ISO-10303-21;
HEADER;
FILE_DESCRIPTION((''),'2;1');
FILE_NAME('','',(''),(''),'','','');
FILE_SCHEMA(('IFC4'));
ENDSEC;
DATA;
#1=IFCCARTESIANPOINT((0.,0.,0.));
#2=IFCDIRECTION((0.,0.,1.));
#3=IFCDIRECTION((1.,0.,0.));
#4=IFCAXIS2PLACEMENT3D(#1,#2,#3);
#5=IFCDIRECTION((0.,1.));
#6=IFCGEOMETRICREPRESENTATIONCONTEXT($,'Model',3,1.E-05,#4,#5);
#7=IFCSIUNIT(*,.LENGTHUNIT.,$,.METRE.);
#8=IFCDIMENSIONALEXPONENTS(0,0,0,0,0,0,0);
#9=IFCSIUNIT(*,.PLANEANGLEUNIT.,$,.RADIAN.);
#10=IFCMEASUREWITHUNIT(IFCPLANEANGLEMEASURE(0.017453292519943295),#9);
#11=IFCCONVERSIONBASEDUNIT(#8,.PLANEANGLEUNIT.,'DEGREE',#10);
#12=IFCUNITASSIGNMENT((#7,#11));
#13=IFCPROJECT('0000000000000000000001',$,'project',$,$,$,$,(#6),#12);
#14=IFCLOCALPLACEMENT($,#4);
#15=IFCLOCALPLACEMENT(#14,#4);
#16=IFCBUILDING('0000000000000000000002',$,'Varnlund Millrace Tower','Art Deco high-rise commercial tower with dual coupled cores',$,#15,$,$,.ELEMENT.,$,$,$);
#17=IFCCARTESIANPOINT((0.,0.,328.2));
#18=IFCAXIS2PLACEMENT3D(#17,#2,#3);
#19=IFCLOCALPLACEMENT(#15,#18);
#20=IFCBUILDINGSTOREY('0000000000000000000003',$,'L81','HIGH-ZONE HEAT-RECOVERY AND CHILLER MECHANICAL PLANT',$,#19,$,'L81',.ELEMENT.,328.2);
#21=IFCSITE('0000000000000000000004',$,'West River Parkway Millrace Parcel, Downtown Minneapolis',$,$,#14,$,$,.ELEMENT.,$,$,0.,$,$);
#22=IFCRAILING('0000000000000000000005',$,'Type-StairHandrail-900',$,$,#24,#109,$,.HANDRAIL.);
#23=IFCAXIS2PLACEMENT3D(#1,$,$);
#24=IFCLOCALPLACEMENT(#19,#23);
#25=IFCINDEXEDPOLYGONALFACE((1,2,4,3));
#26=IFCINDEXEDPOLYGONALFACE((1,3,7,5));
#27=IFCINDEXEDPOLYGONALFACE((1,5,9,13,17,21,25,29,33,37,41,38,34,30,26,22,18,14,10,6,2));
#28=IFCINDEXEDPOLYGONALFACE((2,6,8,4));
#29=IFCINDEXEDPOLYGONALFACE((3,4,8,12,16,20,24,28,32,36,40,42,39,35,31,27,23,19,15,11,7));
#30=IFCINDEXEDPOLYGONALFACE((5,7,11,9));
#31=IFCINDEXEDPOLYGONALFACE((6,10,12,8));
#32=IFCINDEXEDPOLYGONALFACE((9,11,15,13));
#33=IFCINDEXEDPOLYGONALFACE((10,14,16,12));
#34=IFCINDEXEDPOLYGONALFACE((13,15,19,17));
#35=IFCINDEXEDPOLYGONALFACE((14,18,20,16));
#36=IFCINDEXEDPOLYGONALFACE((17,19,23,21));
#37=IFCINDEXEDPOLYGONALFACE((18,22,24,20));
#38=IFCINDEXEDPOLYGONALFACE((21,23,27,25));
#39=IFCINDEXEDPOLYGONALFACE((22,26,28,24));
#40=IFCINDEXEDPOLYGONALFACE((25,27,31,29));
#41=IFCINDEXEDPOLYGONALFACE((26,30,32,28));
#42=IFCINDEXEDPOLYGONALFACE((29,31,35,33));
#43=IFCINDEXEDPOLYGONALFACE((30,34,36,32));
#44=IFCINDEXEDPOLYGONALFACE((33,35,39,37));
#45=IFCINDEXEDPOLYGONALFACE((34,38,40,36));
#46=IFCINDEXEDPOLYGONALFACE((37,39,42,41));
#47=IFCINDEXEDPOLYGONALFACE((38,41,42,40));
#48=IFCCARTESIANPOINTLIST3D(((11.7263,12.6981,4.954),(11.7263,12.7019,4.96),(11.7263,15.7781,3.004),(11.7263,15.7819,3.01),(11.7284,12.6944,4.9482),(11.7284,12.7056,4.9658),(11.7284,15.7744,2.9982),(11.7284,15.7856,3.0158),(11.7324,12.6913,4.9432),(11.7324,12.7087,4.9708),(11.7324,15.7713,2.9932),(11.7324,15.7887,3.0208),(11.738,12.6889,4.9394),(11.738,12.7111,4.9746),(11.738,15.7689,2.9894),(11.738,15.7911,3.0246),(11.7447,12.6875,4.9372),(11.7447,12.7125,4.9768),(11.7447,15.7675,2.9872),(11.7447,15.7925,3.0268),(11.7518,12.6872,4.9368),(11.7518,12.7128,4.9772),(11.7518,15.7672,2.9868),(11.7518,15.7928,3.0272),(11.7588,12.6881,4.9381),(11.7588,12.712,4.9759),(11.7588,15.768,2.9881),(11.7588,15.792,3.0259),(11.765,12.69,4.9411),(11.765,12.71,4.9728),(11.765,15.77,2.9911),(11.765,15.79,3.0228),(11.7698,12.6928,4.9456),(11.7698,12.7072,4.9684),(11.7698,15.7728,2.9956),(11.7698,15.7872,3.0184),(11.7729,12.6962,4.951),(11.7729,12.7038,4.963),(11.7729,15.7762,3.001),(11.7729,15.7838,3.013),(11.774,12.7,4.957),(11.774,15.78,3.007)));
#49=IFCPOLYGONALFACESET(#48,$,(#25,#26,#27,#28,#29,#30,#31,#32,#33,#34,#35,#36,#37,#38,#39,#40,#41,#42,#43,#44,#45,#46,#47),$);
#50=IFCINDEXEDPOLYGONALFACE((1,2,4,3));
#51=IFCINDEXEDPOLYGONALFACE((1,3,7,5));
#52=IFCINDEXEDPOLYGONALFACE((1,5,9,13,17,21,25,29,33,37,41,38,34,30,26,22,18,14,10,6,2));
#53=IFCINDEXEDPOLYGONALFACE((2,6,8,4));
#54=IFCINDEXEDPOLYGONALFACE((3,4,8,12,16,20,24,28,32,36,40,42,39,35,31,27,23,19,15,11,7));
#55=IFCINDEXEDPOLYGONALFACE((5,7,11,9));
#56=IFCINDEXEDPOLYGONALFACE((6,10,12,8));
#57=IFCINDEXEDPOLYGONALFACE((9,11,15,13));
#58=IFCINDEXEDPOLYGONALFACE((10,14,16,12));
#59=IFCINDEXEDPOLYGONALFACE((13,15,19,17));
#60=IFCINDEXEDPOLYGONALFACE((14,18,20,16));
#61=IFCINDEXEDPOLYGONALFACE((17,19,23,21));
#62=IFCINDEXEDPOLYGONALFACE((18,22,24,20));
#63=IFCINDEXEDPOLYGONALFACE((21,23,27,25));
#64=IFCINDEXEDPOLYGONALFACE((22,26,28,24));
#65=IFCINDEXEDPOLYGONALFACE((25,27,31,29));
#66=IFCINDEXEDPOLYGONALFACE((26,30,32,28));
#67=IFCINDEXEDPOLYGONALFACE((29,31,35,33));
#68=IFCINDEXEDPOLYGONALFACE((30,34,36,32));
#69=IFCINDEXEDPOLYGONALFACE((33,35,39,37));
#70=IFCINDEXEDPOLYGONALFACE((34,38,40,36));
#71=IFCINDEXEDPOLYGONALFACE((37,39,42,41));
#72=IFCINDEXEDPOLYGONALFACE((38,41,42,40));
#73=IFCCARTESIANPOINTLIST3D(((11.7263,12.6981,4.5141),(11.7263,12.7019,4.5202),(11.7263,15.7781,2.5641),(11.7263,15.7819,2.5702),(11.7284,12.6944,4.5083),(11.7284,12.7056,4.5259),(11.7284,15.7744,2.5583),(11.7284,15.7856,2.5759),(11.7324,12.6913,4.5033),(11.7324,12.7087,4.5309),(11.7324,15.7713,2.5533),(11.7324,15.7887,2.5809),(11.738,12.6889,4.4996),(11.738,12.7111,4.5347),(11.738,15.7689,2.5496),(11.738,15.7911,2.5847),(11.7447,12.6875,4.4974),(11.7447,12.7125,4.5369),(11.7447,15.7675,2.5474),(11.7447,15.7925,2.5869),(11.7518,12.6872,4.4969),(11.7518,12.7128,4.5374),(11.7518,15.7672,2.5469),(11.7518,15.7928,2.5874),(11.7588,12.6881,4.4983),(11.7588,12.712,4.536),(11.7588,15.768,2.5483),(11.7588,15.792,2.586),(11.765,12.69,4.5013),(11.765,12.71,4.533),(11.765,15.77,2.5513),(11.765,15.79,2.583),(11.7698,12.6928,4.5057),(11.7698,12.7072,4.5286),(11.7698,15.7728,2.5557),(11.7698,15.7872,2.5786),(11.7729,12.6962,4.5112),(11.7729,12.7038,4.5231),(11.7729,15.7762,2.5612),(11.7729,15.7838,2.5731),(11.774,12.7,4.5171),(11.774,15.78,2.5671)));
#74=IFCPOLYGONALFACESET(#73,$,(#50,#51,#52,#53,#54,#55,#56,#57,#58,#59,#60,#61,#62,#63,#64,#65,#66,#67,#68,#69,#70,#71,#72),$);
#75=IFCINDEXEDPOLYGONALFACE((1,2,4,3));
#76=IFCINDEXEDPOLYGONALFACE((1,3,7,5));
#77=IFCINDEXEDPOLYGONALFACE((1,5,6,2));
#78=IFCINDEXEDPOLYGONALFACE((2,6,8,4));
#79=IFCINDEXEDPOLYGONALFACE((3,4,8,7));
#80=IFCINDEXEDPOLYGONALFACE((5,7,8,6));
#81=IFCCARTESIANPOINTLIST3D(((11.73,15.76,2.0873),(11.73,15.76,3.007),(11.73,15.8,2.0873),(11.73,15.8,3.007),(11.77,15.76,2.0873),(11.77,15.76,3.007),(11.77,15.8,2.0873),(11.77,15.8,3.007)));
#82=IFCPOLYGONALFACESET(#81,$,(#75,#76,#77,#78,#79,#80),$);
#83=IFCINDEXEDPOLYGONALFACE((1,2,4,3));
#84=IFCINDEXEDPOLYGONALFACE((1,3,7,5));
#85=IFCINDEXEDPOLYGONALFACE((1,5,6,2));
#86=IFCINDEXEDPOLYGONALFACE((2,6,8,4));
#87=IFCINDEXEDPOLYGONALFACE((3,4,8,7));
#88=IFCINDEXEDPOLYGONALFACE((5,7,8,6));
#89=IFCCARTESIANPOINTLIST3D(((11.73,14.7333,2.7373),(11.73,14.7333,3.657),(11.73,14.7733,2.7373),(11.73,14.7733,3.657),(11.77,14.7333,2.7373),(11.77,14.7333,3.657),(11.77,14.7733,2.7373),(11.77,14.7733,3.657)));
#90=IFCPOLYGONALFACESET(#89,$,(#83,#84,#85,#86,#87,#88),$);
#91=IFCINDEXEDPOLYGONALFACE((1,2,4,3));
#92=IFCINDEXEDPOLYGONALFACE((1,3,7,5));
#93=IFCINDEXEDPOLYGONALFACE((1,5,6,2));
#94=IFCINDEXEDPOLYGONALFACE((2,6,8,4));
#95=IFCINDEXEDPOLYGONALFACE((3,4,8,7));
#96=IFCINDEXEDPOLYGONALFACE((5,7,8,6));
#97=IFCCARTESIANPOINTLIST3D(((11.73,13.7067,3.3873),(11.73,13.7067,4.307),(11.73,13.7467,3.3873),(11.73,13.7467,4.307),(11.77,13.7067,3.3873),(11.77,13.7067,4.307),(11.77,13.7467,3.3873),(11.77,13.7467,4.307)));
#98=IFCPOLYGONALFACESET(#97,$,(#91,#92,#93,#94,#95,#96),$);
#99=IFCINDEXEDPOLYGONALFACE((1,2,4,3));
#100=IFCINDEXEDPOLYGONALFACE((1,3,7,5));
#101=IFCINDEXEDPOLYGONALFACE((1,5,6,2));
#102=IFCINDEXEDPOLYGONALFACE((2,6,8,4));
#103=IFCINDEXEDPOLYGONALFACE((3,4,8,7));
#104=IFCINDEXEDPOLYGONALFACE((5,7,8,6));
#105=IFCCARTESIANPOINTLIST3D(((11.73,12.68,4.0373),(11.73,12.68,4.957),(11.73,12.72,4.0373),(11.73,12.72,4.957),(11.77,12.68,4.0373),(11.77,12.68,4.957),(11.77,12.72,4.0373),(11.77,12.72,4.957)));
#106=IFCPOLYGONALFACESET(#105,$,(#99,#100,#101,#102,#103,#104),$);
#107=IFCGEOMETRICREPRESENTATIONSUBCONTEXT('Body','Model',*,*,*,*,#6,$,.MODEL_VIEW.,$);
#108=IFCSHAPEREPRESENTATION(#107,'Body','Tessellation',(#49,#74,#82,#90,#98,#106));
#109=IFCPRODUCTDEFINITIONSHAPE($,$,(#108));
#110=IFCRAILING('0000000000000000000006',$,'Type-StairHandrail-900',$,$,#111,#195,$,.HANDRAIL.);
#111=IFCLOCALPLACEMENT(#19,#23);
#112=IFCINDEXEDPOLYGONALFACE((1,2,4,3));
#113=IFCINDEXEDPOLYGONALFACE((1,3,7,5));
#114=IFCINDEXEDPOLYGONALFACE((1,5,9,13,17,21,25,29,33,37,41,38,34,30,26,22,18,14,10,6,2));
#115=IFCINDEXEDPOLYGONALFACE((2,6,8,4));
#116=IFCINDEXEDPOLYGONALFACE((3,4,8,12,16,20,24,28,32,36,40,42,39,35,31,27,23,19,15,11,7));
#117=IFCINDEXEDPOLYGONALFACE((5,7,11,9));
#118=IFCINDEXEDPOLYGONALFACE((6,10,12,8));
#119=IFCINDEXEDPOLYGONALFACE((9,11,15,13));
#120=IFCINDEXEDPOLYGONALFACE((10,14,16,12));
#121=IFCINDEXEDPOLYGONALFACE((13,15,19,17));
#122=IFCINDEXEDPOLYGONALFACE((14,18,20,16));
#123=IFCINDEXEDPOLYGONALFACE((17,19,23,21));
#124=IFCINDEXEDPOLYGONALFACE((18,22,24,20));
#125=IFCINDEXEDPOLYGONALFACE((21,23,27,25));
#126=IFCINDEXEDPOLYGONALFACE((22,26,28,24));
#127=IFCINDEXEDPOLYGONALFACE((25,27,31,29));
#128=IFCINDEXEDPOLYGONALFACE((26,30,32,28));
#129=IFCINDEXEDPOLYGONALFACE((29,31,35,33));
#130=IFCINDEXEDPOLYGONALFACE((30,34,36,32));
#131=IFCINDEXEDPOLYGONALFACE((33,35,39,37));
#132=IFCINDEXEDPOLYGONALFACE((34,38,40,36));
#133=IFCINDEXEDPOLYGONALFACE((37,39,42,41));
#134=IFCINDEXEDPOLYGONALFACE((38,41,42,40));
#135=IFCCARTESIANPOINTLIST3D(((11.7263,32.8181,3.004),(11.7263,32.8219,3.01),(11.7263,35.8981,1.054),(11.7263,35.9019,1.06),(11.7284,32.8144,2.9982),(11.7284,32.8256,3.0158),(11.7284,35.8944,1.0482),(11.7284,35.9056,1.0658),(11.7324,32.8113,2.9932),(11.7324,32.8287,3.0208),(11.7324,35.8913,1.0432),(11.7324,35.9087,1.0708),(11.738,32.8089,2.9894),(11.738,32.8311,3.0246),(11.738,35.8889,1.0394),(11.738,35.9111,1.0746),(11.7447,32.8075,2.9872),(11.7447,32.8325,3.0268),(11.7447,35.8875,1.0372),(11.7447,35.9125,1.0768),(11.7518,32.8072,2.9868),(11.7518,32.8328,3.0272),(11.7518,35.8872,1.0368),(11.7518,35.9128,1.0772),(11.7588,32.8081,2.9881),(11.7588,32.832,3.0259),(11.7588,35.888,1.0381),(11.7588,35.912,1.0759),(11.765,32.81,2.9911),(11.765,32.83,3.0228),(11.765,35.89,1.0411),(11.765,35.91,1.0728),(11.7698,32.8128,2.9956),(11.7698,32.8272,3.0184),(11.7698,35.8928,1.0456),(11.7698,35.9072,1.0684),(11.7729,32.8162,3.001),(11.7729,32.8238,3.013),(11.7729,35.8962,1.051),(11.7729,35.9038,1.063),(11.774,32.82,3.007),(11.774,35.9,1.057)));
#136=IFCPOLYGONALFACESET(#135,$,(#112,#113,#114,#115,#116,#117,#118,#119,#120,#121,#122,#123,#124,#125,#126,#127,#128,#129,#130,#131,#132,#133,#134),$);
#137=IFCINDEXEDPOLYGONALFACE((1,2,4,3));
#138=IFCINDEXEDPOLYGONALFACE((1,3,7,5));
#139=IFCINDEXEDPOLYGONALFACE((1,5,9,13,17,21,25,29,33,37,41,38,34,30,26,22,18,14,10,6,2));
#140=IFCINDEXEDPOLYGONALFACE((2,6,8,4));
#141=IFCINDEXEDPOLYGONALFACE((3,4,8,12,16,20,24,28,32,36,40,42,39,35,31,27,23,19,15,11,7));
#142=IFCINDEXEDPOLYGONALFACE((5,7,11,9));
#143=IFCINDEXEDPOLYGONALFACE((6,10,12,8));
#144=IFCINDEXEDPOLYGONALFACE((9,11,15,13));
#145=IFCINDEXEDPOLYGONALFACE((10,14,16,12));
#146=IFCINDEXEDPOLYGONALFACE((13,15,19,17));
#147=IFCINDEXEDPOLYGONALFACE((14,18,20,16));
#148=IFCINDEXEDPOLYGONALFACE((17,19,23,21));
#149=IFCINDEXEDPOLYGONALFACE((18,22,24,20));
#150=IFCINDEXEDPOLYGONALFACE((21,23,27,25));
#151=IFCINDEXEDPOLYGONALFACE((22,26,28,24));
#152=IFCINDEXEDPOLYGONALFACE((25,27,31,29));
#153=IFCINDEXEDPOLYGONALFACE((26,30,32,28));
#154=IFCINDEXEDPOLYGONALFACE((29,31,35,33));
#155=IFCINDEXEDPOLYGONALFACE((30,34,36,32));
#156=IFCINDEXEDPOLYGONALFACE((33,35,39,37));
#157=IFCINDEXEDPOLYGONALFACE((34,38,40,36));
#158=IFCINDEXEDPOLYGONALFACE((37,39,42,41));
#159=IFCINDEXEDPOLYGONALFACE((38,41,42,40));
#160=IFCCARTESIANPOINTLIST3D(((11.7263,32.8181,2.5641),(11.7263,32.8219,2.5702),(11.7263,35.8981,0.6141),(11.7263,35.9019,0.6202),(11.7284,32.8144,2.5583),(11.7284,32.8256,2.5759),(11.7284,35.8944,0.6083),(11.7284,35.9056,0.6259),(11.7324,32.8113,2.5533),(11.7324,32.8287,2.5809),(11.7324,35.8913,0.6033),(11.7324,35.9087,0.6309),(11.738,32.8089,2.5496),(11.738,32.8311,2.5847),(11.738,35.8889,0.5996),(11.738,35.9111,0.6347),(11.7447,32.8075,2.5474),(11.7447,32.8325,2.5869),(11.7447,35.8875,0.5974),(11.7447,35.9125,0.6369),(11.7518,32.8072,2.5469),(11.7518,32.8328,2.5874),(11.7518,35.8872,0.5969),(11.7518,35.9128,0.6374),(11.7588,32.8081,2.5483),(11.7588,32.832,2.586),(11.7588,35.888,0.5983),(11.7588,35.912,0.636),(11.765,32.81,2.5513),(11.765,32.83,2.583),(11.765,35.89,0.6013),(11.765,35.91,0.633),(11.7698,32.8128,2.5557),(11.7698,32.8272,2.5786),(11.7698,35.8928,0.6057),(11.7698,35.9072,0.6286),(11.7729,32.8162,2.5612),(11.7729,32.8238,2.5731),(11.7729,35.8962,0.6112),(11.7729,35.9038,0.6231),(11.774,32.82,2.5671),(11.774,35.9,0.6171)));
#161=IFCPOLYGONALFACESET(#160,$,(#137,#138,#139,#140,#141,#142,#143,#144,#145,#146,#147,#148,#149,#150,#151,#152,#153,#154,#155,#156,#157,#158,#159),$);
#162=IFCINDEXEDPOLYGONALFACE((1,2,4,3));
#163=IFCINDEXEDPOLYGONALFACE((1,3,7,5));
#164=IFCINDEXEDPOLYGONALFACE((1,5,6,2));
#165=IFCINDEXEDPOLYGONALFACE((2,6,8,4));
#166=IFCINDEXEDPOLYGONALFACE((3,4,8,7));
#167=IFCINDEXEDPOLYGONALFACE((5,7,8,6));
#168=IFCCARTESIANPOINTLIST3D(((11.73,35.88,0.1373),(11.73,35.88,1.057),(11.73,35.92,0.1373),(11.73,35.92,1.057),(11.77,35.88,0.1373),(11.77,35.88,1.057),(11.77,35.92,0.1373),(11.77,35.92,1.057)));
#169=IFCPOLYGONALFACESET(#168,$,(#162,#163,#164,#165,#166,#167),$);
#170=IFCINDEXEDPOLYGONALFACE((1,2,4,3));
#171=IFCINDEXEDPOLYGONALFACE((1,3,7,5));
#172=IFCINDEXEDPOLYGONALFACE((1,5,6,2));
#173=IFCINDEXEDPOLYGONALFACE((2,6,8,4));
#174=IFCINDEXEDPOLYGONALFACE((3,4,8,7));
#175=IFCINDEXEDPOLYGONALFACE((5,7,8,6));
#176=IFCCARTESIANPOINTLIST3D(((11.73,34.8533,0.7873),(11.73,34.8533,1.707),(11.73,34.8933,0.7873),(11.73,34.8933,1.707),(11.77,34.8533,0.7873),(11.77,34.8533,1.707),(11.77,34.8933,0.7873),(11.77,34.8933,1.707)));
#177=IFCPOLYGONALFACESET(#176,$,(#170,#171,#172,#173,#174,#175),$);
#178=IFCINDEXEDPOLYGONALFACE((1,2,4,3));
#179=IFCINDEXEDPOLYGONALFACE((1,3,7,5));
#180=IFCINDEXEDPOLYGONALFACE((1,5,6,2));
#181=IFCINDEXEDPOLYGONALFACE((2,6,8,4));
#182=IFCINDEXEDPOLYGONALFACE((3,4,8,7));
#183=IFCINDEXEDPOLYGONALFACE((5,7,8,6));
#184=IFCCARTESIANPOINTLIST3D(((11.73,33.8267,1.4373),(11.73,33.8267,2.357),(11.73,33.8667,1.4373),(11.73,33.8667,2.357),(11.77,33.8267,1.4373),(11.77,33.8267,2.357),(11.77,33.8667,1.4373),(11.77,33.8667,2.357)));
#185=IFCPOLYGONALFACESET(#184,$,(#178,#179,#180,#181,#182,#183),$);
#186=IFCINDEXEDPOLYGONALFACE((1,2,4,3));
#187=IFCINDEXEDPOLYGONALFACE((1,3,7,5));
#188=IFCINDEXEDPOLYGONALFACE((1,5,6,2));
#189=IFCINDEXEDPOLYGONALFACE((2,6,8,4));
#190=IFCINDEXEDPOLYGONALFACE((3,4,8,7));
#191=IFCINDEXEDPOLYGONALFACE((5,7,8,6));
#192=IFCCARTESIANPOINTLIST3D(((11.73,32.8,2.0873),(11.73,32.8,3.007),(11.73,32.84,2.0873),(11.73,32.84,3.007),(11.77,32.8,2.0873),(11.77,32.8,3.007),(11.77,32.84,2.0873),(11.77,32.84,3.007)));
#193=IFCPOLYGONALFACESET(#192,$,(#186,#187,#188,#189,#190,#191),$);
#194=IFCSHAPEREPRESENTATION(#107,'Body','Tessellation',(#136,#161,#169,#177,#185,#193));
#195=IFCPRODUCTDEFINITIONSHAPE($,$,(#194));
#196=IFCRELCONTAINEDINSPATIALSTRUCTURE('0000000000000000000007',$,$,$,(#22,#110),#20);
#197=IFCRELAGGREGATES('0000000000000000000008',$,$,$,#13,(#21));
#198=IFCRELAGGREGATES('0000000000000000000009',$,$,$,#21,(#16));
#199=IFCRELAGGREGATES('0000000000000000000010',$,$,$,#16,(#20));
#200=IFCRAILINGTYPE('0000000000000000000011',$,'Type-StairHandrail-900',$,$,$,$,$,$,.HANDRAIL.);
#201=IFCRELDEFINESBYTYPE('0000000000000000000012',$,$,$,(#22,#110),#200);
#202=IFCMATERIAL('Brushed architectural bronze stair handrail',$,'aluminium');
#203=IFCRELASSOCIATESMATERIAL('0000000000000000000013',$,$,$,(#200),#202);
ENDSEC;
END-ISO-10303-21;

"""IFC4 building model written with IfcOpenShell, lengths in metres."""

from ifc_helpers import new_model, entity, si_unit, converted_unit, direction, frame, origin_with_axes, origin_2d_with_axis, place, context, subcontext, project, spatial, rectangle, circle, extrude, material, type_object, element, save


model = new_model("IFC4")

# Units and contexts
model_context = context("Model", 3, precision=1e-05, world=origin_with_axes(), true_north=direction((0.0, 1.0)))
body_context = subcontext(model_context, "Body", "Model", "MODEL_VIEW")
ifc_project = project(units=[si_unit("LENGTHUNIT", "METRE"), converted_unit("PLANEANGLEUNIT", "DEGREE", entity("IfcPlaneAngleMeasure", 0.017453292519943295), si_unit("PLANEANGLEUNIT", "RADIAN"), dimensions=[0, 0, 0, 0, 0, 0, 0])], contexts=[model_context])

# Site, building, storey
site_placement = place(None, origin_with_axes())
site = spatial("IfcSite", under=ifc_project, at=site_placement, Name="West River Parkway Millrace Parcel, Downtown Minneapolis", CompositionType="ELEMENT", RefElevation=0.0)
building_placement = place(site_placement, origin_with_axes())
building = spatial("IfcBuilding", under=site, at=building_placement, Name="Varnlund Millrace Tower", Description="Art Deco high-rise commercial tower with dual coupled cores", CompositionType="ELEMENT")
storey_placement = place(building_placement, frame((0.0, 0.0, 328.2), z_axis=(0.0, 0.0, 1.0), x_axis=(1.0, 0.0, 0.0)))
storey = spatial("IfcBuildingStorey", under=building, at=storey_placement, Name="L81", Description="HIGH-ZONE HEAT-RECOVERY AND CHILLER MECHANICAL PLANT", LongName="L81", CompositionType="ELEMENT", Elevation=328.2)

# Railings
ifc_material_1 = material(Name="Brushed architectural bronze stair handrail", Category="aluminium")
railing_type_1 = type_object("IfcRailingType", Name="Type-StairHandrail-900", PredefinedType="HANDRAIL", material=ifc_material_1)
railing_1_placement = place(storey_placement, frame((0.0, 0.0, -328.2), z_axis=(0.0, 0.0, 1.0), x_axis=(1.0, 0.0, 0.0)))
element("IfcRailing", 1, at=railing_1_placement, inside=storey, type_object=railing_type_1, Name="Type-StairHandrail-900", PredefinedType="HANDRAIL", context=body_context, shape_type="SweptSolid", body=[
    extrude(circle(Radius=0.024, at=origin_2d_with_axis()), frame((11.75, 15.78, 331.207), z_axis=(0.0, -0.844902, 0.534922), x_axis=(1.0, 0.0, 0.0)), (0.0, 0.0, 1.0), 3.6454),
    extrude(circle(Radius=0.024, at=origin_2d_with_axis()), frame((11.75, 15.78, 330.7671), z_axis=(0.0, -0.844902, 0.534922), x_axis=(1.0, 0.0, 0.0)), (0.0, 0.0, 1.0), 3.6454),
    extrude(rectangle(XDim=0.04, YDim=0.04, at=origin_2d_with_axis()), frame((11.75, 15.78, 330.2873), z_axis=(0.0, 0.0, 1.0), x_axis=(1.0, 0.0, 0.0)), (0.0, 0.0, 1.0), 0.9197),
    extrude(rectangle(XDim=0.04, YDim=0.04, at=origin_2d_with_axis()), frame((11.75, 14.7533, 330.9373), z_axis=(0.0, 0.0, 1.0), x_axis=(1.0, 0.0, 0.0)), (0.0, 0.0, 1.0), 0.9197),
    extrude(rectangle(XDim=0.04, YDim=0.04, at=origin_2d_with_axis()), frame((11.75, 13.7267, 331.5873), z_axis=(0.0, 0.0, 1.0), x_axis=(1.0, 0.0, 0.0)), (0.0, 0.0, 1.0), 0.9197),
    extrude(rectangle(XDim=0.04, YDim=0.04, at=origin_2d_with_axis()), frame((11.75, 12.7, 332.2373), z_axis=(0.0, 0.0, 1.0), x_axis=(1.0, 0.0, 0.0)), (0.0, 0.0, 1.0), 0.9197),
])
railing_2_placement = place(storey_placement, frame((0.0, 0.0, -328.2), z_axis=(0.0, 0.0, 1.0), x_axis=(1.0, 0.0, 0.0)))
element("IfcRailing", 2, at=railing_2_placement, inside=storey, type_object=railing_type_1, Name="Type-StairHandrail-900", PredefinedType="HANDRAIL", context=body_context, shape_type="SweptSolid", body=[
    extrude(circle(Radius=0.024, at=origin_2d_with_axis()), frame((11.75, 35.9, 329.257), z_axis=(0.0, -0.844902, 0.534922), x_axis=(1.0, 0.0, 0.0)), (0.0, 0.0, 1.0), 3.6454),
    extrude(circle(Radius=0.024, at=origin_2d_with_axis()), frame((11.75, 35.9, 328.8171), z_axis=(0.0, -0.844902, 0.534922), x_axis=(1.0, 0.0, 0.0)), (0.0, 0.0, 1.0), 3.6454),
    extrude(rectangle(XDim=0.04, YDim=0.04, at=origin_2d_with_axis()), frame((11.75, 35.9, 328.3373), z_axis=(0.0, 0.0, 1.0), x_axis=(1.0, 0.0, 0.0)), (0.0, 0.0, 1.0), 0.9197),
    extrude(rectangle(XDim=0.04, YDim=0.04, at=origin_2d_with_axis()), frame((11.75, 34.8733, 328.9873), z_axis=(0.0, 0.0, 1.0), x_axis=(1.0, 0.0, 0.0)), (0.0, 0.0, 1.0), 0.9197),
    extrude(rectangle(XDim=0.04, YDim=0.04, at=origin_2d_with_axis()), frame((11.75, 33.8467, 329.6373), z_axis=(0.0, 0.0, 1.0), x_axis=(1.0, 0.0, 0.0)), (0.0, 0.0, 1.0), 0.9197),
    extrude(rectangle(XDim=0.04, YDim=0.04, at=origin_2d_with_axis()), frame((11.75, 32.82, 330.2873), z_axis=(0.0, 0.0, 1.0), x_axis=(1.0, 0.0, 0.0)), (0.0, 0.0, 1.0), 0.9197),
])

save(model, "model.ifc")
